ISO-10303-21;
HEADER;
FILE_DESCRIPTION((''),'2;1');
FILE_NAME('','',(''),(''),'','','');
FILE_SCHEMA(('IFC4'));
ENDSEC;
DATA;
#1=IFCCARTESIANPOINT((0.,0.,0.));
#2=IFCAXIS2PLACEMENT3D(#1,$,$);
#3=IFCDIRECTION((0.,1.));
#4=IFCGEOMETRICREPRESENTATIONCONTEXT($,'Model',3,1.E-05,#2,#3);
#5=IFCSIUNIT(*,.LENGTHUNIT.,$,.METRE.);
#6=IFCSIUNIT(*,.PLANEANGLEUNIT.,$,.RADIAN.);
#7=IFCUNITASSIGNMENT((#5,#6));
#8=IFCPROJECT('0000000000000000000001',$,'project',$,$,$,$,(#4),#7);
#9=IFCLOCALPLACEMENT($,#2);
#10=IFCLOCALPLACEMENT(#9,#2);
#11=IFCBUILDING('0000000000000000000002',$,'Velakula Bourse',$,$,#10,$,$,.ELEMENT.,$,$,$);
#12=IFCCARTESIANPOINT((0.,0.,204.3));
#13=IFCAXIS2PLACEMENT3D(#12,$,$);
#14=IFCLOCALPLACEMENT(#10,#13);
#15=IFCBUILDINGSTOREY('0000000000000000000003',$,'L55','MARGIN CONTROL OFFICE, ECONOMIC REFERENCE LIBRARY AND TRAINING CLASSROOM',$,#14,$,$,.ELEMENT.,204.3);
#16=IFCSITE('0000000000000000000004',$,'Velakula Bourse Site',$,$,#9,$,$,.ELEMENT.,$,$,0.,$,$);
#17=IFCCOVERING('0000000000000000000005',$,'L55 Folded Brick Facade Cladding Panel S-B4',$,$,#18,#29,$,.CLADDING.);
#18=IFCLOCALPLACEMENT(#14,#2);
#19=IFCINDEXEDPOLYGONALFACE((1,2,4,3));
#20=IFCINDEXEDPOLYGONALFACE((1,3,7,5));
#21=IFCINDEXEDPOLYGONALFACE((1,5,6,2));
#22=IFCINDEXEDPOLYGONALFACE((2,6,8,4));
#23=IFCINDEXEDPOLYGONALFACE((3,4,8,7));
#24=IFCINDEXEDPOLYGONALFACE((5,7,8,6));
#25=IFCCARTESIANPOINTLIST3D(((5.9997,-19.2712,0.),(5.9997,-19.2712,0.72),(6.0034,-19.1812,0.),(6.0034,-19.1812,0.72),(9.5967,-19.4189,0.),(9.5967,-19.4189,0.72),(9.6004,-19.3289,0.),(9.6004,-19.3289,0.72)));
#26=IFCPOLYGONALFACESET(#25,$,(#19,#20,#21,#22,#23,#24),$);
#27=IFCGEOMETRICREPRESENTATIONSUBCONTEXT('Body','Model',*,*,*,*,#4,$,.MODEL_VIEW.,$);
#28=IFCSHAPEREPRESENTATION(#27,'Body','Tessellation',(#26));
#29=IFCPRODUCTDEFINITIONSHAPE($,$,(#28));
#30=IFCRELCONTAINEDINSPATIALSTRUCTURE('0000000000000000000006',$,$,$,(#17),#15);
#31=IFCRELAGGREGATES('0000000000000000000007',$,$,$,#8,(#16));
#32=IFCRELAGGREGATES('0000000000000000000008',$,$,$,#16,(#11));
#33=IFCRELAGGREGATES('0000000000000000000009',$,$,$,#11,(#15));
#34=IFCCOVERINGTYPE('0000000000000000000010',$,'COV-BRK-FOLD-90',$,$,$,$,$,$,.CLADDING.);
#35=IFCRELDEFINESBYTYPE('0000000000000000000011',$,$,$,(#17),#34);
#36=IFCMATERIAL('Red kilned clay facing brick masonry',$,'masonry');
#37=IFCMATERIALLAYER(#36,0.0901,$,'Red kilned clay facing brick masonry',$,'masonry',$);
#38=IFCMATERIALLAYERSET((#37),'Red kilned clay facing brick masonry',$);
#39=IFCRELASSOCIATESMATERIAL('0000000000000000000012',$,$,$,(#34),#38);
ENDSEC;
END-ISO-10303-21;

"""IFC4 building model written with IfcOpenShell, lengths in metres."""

from ifc_helpers import new_model, si_unit, direction, frame, origin, origin_2d, place, context, subcontext, project, spatial, rectangle, extrude, material, layer, layer_set, type_object, element, save


model = new_model("IFC4")

# Units and contexts
model_context = context("Model", 3, precision=1e-05, world=origin(), true_north=direction((0.0, 1.0)))
body_context = subcontext(model_context, "Body", "Model", "MODEL_VIEW")
ifc_project = project(units=[si_unit("LENGTHUNIT", "METRE"), si_unit("PLANEANGLEUNIT", "RADIAN")], contexts=[model_context])

# Site, building, storey
site_placement = place(None, origin())
site = spatial("IfcSite", under=ifc_project, at=site_placement, Name="Velakula Bourse Site", CompositionType="ELEMENT", RefElevation=0.0)
building_placement = place(site_placement, origin())
building = spatial("IfcBuilding", under=site, at=building_placement, Name="Velakula Bourse", CompositionType="ELEMENT")
storey_placement = place(building_placement, frame((0.0, 0.0, 204.3)))
storey = spatial("IfcBuildingStorey", under=building, at=storey_placement, Name="L55", Description="MARGIN CONTROL OFFICE, ECONOMIC REFERENCE LIBRARY AND TRAINING CLASSROOM", CompositionType="ELEMENT", Elevation=204.3)

# Covering
ifc_material_1 = material(Name="Red kilned clay facing brick masonry", Category="masonry")
ifc_layer_1 = layer(ifc_material_1, 0.0901, Name="Red kilned clay facing brick masonry", Category="masonry")
ifc_layer_set_1 = layer_set([ifc_layer_1], Name="Red kilned clay facing brick masonry")
covering_type = type_object("IfcCoveringType", Name="COV-BRK-FOLD-90", PredefinedType="CLADDING", material=ifc_layer_set_1)
covering_placement = place(storey_placement, frame((7.8, -19.3, 0.0), z_axis=(0.0, 0.0, 1.0), x_axis=(0.999159, -0.041004, 0.0)))
element("IfcCovering", 1, at=covering_placement, inside=storey, type_object=covering_type, Name="L55 Folded Brick Facade Cladding Panel S-B4", PredefinedType="CLADDING", context=body_context, shape_type="SweptSolid", body=[
    extrude(rectangle(XDim=3.6001, YDim=0.0901, at=origin_2d()), origin(), (0.0, 0.0, 1.0), 0.72),
])

save(model, "model.ifc")
